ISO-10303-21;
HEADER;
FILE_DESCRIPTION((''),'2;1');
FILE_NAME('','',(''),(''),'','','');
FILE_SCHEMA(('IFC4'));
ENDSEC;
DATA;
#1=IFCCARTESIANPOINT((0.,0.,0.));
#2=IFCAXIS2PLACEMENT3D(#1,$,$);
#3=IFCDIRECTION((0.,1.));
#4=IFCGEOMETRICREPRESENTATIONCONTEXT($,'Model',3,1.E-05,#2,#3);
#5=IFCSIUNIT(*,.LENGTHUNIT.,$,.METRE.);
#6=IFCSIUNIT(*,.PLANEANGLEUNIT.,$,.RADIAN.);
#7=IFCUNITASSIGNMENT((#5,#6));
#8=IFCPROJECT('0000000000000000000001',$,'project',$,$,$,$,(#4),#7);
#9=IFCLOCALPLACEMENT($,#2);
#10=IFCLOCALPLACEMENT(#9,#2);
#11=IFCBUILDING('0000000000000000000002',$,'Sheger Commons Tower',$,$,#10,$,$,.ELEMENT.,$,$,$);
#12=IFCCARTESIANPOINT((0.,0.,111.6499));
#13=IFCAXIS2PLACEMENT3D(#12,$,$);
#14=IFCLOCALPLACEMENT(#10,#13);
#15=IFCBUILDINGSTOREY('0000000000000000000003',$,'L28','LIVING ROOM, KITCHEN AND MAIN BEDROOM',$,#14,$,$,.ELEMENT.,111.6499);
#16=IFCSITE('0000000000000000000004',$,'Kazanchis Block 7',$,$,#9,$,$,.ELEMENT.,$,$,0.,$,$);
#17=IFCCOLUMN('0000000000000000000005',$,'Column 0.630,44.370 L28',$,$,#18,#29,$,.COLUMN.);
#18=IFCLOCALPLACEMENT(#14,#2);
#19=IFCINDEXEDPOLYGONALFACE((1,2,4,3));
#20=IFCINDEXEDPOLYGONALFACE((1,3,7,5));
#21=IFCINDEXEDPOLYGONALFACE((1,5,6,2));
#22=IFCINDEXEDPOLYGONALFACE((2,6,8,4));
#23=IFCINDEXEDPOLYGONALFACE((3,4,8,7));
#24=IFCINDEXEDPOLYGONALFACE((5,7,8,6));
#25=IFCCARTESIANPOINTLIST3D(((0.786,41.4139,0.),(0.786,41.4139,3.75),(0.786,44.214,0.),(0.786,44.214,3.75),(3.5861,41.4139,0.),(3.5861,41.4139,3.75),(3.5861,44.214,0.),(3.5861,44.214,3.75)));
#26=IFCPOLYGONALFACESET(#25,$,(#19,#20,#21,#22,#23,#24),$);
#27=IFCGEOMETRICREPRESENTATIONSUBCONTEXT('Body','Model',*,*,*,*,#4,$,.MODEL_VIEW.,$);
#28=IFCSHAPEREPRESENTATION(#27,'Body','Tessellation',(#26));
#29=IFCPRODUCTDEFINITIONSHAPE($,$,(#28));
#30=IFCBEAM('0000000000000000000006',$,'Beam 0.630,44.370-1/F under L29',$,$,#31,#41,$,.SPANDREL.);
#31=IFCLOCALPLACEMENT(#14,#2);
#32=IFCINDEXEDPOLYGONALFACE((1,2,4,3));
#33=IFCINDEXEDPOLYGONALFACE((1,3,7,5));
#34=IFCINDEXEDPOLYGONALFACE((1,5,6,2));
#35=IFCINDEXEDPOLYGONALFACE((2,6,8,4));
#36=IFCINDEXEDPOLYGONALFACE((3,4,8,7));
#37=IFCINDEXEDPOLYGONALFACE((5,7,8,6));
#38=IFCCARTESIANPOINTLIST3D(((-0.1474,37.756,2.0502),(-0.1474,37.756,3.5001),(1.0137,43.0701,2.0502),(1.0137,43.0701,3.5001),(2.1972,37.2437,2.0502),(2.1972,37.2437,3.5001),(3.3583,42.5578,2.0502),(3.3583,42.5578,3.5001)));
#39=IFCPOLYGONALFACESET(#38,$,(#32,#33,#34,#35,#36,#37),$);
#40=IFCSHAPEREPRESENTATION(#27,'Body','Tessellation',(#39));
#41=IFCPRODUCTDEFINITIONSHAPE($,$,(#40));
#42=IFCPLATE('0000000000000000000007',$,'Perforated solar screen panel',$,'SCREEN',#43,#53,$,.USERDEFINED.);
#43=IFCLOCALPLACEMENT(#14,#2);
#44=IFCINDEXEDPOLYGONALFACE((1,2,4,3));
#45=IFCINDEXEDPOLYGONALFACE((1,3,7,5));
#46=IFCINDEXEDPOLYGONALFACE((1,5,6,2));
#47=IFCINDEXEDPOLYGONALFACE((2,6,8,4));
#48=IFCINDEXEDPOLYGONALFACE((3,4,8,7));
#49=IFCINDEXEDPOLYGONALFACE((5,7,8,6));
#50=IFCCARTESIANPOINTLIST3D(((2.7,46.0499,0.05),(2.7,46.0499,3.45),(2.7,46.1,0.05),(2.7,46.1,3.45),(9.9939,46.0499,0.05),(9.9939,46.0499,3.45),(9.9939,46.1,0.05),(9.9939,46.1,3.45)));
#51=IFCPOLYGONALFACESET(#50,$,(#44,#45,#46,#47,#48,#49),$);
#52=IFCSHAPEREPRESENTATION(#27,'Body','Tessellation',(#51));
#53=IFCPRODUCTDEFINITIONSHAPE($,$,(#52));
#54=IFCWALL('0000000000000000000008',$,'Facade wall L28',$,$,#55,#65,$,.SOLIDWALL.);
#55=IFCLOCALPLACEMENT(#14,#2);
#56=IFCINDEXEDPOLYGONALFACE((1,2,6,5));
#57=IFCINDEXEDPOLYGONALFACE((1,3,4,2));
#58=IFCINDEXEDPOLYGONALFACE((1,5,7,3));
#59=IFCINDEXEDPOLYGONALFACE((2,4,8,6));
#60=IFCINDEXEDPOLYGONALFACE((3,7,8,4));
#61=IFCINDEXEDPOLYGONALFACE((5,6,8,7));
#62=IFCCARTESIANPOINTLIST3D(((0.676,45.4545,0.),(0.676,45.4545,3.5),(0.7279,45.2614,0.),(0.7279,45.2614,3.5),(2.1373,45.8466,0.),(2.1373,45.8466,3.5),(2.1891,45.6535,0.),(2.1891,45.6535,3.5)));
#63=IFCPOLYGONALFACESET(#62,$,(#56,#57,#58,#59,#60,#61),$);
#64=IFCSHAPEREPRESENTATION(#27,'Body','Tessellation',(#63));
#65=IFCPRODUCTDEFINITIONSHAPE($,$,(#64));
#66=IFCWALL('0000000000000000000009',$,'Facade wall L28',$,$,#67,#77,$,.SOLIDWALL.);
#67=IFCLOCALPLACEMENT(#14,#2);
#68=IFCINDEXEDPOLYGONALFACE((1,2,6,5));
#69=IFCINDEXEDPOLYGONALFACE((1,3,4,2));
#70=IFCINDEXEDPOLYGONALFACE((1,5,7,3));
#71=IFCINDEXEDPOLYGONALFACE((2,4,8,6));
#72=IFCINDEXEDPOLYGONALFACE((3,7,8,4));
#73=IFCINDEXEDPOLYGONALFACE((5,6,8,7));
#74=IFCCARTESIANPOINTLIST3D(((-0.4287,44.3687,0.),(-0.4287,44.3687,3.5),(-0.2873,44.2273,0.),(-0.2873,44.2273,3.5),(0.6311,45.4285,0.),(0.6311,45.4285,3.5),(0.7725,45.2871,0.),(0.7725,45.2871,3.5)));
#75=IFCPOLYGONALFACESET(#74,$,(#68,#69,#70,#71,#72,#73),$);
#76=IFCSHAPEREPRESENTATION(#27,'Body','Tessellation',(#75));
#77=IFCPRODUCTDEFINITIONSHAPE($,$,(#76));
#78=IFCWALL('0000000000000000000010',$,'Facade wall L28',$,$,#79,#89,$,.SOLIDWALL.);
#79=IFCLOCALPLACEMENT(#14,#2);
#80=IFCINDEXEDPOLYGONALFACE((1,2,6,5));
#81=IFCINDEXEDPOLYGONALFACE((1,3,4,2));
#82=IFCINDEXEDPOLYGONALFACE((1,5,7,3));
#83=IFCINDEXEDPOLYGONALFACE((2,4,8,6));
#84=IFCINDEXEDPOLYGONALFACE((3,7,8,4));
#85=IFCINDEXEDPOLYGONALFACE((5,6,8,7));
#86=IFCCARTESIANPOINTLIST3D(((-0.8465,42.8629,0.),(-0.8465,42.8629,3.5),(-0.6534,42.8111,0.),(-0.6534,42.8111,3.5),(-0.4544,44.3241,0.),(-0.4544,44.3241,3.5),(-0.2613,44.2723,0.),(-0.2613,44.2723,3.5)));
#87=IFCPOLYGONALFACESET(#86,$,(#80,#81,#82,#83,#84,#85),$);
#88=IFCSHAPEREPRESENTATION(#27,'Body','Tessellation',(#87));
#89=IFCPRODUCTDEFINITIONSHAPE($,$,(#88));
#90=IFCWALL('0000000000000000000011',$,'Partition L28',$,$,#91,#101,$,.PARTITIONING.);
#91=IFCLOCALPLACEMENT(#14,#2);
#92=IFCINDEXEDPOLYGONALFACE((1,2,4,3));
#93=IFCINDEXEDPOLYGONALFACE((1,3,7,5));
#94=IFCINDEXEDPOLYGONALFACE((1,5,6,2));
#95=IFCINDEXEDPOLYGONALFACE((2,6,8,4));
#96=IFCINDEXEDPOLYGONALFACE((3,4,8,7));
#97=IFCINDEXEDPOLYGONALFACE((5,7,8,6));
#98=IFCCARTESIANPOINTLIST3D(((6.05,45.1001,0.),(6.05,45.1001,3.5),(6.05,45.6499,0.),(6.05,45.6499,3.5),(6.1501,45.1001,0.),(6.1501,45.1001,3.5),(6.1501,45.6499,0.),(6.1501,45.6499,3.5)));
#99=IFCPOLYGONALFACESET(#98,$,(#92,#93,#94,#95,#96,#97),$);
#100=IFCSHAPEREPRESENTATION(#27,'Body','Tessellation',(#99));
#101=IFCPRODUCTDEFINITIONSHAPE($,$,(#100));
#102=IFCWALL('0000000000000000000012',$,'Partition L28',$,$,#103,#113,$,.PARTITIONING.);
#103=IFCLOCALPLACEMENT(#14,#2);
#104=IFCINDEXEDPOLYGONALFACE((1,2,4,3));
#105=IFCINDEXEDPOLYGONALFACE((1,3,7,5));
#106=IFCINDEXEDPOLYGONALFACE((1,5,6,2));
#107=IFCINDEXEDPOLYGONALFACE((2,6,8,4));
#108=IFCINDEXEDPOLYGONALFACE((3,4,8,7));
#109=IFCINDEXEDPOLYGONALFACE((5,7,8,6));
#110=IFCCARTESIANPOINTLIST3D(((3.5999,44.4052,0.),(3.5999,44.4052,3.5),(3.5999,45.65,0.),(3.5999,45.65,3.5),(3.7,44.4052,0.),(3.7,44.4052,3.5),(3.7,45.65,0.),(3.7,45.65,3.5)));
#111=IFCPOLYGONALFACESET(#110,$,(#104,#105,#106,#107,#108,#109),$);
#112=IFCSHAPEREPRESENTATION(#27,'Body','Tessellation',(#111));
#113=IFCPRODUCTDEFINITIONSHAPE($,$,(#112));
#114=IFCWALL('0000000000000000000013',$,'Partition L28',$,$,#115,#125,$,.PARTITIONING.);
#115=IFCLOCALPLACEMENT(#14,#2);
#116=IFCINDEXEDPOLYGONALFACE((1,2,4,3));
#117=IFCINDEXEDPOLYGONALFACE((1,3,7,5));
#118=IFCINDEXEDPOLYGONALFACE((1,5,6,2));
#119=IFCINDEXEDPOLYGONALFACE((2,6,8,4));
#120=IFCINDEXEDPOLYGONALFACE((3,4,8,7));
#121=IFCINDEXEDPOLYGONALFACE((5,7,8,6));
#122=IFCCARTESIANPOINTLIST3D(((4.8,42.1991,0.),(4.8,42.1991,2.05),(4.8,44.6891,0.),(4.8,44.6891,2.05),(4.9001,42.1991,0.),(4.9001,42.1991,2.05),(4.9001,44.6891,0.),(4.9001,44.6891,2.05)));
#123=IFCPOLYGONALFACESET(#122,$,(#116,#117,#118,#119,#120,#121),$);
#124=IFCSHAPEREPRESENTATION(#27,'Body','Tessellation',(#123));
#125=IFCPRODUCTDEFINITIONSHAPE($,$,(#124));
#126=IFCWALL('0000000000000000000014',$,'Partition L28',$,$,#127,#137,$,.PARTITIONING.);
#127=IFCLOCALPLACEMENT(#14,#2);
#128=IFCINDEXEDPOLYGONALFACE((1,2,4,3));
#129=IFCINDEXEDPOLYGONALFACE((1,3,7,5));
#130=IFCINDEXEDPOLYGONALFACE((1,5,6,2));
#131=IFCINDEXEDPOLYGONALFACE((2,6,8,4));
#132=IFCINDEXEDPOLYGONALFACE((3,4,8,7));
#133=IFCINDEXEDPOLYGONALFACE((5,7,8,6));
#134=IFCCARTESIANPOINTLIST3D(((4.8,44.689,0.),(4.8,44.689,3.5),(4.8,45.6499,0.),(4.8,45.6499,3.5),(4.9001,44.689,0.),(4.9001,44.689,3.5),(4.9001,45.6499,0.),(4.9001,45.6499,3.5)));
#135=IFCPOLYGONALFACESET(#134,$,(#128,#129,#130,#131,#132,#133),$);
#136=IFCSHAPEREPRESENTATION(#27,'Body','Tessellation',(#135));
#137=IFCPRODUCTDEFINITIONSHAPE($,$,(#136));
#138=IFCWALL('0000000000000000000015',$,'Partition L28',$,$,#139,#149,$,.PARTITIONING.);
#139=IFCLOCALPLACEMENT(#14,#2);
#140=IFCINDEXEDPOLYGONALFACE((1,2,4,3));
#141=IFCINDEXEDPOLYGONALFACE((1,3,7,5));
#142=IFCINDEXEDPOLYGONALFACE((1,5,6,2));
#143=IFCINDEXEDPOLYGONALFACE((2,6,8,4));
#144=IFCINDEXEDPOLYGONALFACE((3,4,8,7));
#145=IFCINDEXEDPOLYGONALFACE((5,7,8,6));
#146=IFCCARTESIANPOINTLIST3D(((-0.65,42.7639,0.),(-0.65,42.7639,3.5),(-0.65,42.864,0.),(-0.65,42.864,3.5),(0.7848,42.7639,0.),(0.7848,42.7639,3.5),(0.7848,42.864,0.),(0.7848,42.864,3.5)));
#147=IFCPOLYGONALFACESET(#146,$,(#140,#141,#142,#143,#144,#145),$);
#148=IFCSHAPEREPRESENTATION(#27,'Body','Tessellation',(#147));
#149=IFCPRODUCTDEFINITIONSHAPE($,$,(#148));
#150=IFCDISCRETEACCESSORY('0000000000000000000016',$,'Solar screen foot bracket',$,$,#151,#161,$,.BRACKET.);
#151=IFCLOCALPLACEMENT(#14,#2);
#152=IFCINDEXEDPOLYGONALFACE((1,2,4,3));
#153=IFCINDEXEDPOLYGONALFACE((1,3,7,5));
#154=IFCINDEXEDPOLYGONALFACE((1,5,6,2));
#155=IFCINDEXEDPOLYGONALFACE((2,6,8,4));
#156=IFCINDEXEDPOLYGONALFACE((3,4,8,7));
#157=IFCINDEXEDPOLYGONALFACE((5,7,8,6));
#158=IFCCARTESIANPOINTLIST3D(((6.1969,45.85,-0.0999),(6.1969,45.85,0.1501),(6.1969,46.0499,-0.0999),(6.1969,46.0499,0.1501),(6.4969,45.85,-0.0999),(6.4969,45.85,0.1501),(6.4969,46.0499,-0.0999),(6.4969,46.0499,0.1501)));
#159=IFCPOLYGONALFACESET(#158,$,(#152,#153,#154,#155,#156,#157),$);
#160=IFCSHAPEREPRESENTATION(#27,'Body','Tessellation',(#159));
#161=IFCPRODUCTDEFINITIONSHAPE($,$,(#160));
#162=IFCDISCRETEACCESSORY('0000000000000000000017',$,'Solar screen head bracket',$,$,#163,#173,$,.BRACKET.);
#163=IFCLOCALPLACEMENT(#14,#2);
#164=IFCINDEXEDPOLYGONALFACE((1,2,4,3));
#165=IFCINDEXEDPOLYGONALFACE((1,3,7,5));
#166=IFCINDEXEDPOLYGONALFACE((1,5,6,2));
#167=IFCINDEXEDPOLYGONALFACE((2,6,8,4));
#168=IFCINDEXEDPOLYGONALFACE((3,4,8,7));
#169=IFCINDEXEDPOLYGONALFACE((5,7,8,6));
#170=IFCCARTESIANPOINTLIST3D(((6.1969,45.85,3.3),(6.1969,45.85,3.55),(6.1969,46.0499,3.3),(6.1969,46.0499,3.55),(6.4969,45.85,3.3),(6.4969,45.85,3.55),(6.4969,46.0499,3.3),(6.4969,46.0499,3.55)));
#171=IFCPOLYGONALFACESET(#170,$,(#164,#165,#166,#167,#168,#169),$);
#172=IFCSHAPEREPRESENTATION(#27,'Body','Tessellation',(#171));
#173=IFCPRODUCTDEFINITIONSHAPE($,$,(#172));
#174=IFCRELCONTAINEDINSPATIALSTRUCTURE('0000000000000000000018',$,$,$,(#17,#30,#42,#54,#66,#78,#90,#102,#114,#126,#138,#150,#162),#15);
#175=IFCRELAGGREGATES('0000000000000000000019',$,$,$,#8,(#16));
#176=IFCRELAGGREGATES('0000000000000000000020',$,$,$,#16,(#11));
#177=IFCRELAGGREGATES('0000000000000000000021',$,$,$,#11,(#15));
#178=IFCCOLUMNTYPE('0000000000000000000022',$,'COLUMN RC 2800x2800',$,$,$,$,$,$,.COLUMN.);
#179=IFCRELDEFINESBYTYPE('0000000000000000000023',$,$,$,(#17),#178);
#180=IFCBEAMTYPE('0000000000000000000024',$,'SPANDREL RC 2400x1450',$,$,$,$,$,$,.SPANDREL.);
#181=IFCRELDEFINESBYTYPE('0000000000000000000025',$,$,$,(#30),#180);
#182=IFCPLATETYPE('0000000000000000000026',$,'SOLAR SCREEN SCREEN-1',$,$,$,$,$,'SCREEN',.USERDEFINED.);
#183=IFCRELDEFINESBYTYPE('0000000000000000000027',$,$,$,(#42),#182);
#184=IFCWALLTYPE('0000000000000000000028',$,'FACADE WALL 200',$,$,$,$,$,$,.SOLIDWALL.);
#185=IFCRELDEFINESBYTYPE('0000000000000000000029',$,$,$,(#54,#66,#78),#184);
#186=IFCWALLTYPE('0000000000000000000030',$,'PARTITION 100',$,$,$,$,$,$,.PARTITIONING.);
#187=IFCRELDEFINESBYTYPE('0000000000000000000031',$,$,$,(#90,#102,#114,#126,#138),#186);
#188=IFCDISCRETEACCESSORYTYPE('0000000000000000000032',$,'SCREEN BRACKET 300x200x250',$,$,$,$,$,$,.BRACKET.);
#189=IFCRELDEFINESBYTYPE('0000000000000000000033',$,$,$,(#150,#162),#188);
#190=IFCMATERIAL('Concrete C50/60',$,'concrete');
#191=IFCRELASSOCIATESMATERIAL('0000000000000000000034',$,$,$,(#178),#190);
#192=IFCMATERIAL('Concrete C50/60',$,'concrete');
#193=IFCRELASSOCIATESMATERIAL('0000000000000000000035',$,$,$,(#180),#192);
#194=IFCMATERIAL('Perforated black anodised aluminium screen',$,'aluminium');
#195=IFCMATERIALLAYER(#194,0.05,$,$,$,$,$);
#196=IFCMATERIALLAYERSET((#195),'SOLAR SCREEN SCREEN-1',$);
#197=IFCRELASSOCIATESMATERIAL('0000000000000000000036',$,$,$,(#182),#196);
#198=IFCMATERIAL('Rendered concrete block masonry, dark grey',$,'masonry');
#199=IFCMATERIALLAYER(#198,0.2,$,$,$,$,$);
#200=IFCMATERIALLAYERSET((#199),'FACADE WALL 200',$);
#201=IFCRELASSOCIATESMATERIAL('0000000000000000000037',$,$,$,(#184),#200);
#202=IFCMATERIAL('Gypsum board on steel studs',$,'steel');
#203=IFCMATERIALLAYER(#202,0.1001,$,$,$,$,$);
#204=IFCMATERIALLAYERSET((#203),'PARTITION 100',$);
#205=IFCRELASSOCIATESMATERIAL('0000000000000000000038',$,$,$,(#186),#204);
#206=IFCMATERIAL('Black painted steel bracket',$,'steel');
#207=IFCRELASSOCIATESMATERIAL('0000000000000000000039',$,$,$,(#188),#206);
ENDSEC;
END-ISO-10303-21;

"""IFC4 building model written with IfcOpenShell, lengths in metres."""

from ifc_helpers import new_model, si_unit, direction, frame, frame_2d, origin, origin_2d, place, context, subcontext, project, spatial, rectangle, extrude, material, layer, layer_set, material_profile, profile_set, type_object, element, save


model = new_model("IFC4")

# Units and contexts
model_context = context("Model", 3, precision=1e-05, world=origin(), true_north=direction((0.0, 1.0)))
body_context = subcontext(model_context, "Body", "Model", "MODEL_VIEW")
ifc_project = project(units=[si_unit("LENGTHUNIT", "METRE"), si_unit("PLANEANGLEUNIT", "RADIAN")], contexts=[model_context])

# Site, building, storey
site_placement = place(None, origin())
site = spatial("IfcSite", under=ifc_project, at=site_placement, Name="Kazanchis Block 7", CompositionType="ELEMENT", RefElevation=0.0)
building_placement = place(site_placement, origin())
building = spatial("IfcBuilding", under=site, at=building_placement, Name="Sheger Commons Tower", CompositionType="ELEMENT")
storey_placement = place(building_placement, frame((0.0, 0.0, 111.6499)))
storey = spatial("IfcBuildingStorey", under=building, at=storey_placement, Name="L28", Description="LIVING ROOM, KITCHEN AND MAIN BEDROOM", CompositionType="ELEMENT", Elevation=111.6499)

# Column
ifc_material_1 = material(Name="Concrete C50/60", Category="concrete")
ifc_material_profile_1 = material_profile(ifc_material_1, rectangle(XDim=2.8, YDim=2.8, at=origin_2d()), Name="RC 2800x2800")
ifc_profile_set_1 = profile_set([ifc_material_profile_1], Name="Concrete C50/60")
column_type = type_object("IfcColumnType", Name="COLUMN RC 2800x2800", PredefinedType="COLUMN", material=ifc_profile_set_1)
column_placement = place(storey_placement, frame((2.186, 42.814, 0.0), z_axis=(0.0, 0.0, 1.0), x_axis=(1.0, 0.0, 0.0)))
element("IfcColumn", 1, at=column_placement, inside=storey, type_object=column_type, Name="Column 0.630,44.370 L28", PredefinedType="COLUMN", context=body_context, shape_type="SweptSolid", body=[
    extrude(rectangle(XDim=2.8, YDim=2.8, at=origin_2d()), origin(), (0.0, 0.0, 1.0), 3.75),
])

# Beam
ifc_material_2 = material(Name="Concrete C50/60", Category="concrete")
ifc_material_profile_2 = material_profile(ifc_material_2, rectangle(XDim=2.3999, YDim=1.45, at=origin_2d()), Name="RC 2400x1450")
ifc_profile_set_2 = profile_set([ifc_material_profile_2], Name="Concrete C50/60")
beam_type = type_object("IfcBeamType", Name="SPANDREL RC 2400x1450", PredefinedType="SPANDREL", material=ifc_profile_set_2)
beam_placement = place(storey_placement, frame((2.186, 42.814, 2.7751), z_axis=(-0.213469, -0.97695, 0.0), x_axis=(0.97695, -0.213469, 0.0)))
element("IfcBeam", 2, at=beam_placement, inside=storey, type_object=beam_type, Name="Beam 0.630,44.370-1/F under L29", PredefinedType="SPANDREL", context=body_context, shape_type="SweptSolid", body=[
    extrude(rectangle(XDim=2.3999, YDim=1.45, at=origin_2d()), origin(), (0.0, 0.0, 1.0), 5.4395),
])

# Plate
ifc_material_3 = material(Name="Perforated black anodised aluminium screen", Category="aluminium")
ifc_layer_1 = layer(ifc_material_3, 0.05)
ifc_layer_set_1 = layer_set([ifc_layer_1], Name="SOLAR SCREEN SCREEN-1")
plate_type = type_object("IfcPlateType", Name="SOLAR SCREEN SCREEN-1", ElementType="SCREEN", PredefinedType="USERDEFINED", material=ifc_layer_set_1)
plate_placement = place(storey_placement, frame((6.3469, 46.075, 0.05), z_axis=(0.0, 0.0, 1.0), x_axis=(-1.0, 0.0, 0.0)))
element("IfcPlate", 3, at=plate_placement, inside=storey, type_object=plate_type, Name="Perforated solar screen panel", ObjectType="SCREEN", PredefinedType="USERDEFINED", context=body_context, shape_type="SweptSolid", body=[
    extrude(rectangle(XDim=7.2939, YDim=0.05, at=origin_2d()), origin(), (0.0, 0.0, 1.0), 3.3999),
])

# Walls
ifc_material_4 = material(Name="Rendered concrete block masonry, dark grey", Category="masonry")
ifc_layer_2 = layer(ifc_material_4, 0.2)
ifc_layer_set_2 = layer_set([ifc_layer_2], Name="FACADE WALL 200")
wall_type_1 = type_object("IfcWallType", Name="FACADE WALL 200", PredefinedType="SOLIDWALL", material=ifc_layer_set_2)
wall_1_placement = place(storey_placement, frame((2.1631, 45.75, 0.0), z_axis=(0.0, 0.0, 1.0), x_axis=(-0.965832, -0.259169, 0.0)))
element("IfcWall", 4, at=wall_1_placement, inside=storey, type_object=wall_type_1, Name="Facade wall L28", PredefinedType="SOLIDWALL", context=body_context, shape_type="SweptSolid", body=[
    extrude(rectangle(XDim=1.5129, YDim=0.2, at=frame_2d((0.7563, 0.0))), origin(), (0.0, 0.0, 1.0), 3.5),
])
wall_2_placement = place(storey_placement, frame((0.7019, 45.3579, 0.0), z_axis=(0.0, 0.0, 1.0), x_axis=(-0.707107, -0.707107, 0.0)))
element("IfcWall", 5, at=wall_2_placement, inside=storey, type_object=wall_type_1, Name="Facade wall L28", PredefinedType="SOLIDWALL", context=body_context, shape_type="SweptSolid", body=[
    extrude(rectangle(XDim=1.4988, YDim=0.2, at=frame_2d((0.7495, 0.0))), origin(), (0.0, 0.0, 1.0), 3.5),
])
wall_3_placement = place(storey_placement, frame((-0.3579, 44.2981, 0.0), z_axis=(0.0, 0.0, 1.0), x_axis=(-0.259169, -0.965832, 0.0)))
element("IfcWall", 6, at=wall_3_placement, inside=storey, type_object=wall_type_1, Name="Facade wall L28", PredefinedType="SOLIDWALL", context=body_context, shape_type="SweptSolid", body=[
    extrude(rectangle(XDim=1.5129, YDim=0.2, at=frame_2d((0.7563, 0.0))), origin(), (0.0, 0.0, 1.0), 3.5),
])

# Walls
ifc_material_5 = material(Name="Gypsum board on steel studs", Category="steel")
ifc_layer_3 = layer(ifc_material_5, 0.1001)
ifc_layer_set_3 = layer_set([ifc_layer_3], Name="PARTITION 100")
wall_type_2 = type_object("IfcWallType", Name="PARTITION 100", PredefinedType="PARTITIONING", material=ifc_layer_set_3)
wall_4_placement = place(storey_placement, frame((6.1001, 45.1001, 0.0), z_axis=(0.0, 0.0, 1.0), x_axis=(0.0, 1.0, 0.0)))
element("IfcWall", 7, at=wall_4_placement, inside=storey, type_object=wall_type_2, Name="Partition L28", PredefinedType="PARTITIONING", context=body_context, shape_type="SweptSolid", body=[
    extrude(rectangle(XDim=0.5498, YDim=0.1001, at=frame_2d((0.2749, 0.0))), origin(), (0.0, 0.0, 1.0), 3.5),
])
wall_5_placement = place(storey_placement, frame((3.6499, 44.405, 0.0), z_axis=(0.0, 0.0, 1.0), x_axis=(0.0, 1.0, 0.0)))
element("IfcWall", 8, at=wall_5_placement, inside=storey, type_object=wall_type_2, Name="Partition L28", PredefinedType="PARTITIONING", context=body_context, shape_type="SweptSolid", body=[
    extrude(rectangle(XDim=1.2449, YDim=0.1001, at=frame_2d((0.6226, 0.0))), origin(), (0.0, 0.0, 1.0), 3.5),
])
wall_6_placement = place(storey_placement, frame((4.8501, 42.199, 0.0), z_axis=(0.0, 0.0, 1.0), x_axis=(0.0, 1.0, 0.0)))
element("IfcWall", 9, at=wall_6_placement, inside=storey, type_object=wall_type_2, Name="Partition L28", PredefinedType="PARTITIONING", context=body_context, shape_type="SweptSolid", body=[
    extrude(rectangle(XDim=2.49, YDim=0.1001, at=frame_2d((1.2451, 0.0))), origin(), (0.0, 0.0, 1.0), 2.05),
])
wall_7_placement = place(storey_placement, frame((4.8501, 44.689, 0.0), z_axis=(0.0, 0.0, 1.0), x_axis=(0.0, 1.0, 0.0)))
element("IfcWall", 10, at=wall_7_placement, inside=storey, type_object=wall_type_2, Name="Partition L28", PredefinedType="PARTITIONING", context=body_context, shape_type="SweptSolid", body=[
    extrude(rectangle(XDim=0.9609, YDim=0.1001, at=frame_2d((0.4805, 0.0))), origin(), (0.0, 0.0, 1.0), 3.5),
])
wall_8_placement = place(storey_placement, frame((-0.6499, 42.814, 0.0), z_axis=(0.0, 0.0, 1.0), x_axis=(1.0, 0.0, 0.0)))
element("IfcWall", 11, at=wall_8_placement, inside=storey, type_object=wall_type_2, Name="Partition L28", PredefinedType="PARTITIONING", context=body_context, shape_type="SweptSolid", body=[
    extrude(rectangle(XDim=1.4348, YDim=0.1001, at=frame_2d((0.7173, 0.0))), origin(), (0.0, 0.0, 1.0), 3.5),
])

# Discrete accessories
ifc_material_6 = material(Name="Black painted steel bracket", Category="steel")
discrete_accessory_type = type_object("IfcDiscreteAccessoryType", Name="SCREEN BRACKET 300x200x250", PredefinedType="BRACKET", material=ifc_material_6)
for number, where, z_axis, x_axis, name in (
    (12, (6.3469, 45.95, -0.0999), (0.0, 0.0, 1.0), (-1.0, 0.0, 0.0), "Solar screen foot bracket"),
    (13, (6.3469, 45.95, 3.3), (0.0, 0.0, 1.0), (-1.0, 0.0, 0.0), "Solar screen head bracket"),
):
    element("IfcDiscreteAccessory", number, at=place(storey_placement, frame(where, z_axis=z_axis, x_axis=x_axis)), inside=storey, type_object=discrete_accessory_type, Name=name, PredefinedType="BRACKET", context=body_context, shape_type="SweptSolid", body=[
        extrude(rectangle(XDim=0.3, YDim=0.2, at=origin_2d()), origin(), (0.0, 0.0, 1.0), 0.25),
    ])

save(model, "model.ifc")
